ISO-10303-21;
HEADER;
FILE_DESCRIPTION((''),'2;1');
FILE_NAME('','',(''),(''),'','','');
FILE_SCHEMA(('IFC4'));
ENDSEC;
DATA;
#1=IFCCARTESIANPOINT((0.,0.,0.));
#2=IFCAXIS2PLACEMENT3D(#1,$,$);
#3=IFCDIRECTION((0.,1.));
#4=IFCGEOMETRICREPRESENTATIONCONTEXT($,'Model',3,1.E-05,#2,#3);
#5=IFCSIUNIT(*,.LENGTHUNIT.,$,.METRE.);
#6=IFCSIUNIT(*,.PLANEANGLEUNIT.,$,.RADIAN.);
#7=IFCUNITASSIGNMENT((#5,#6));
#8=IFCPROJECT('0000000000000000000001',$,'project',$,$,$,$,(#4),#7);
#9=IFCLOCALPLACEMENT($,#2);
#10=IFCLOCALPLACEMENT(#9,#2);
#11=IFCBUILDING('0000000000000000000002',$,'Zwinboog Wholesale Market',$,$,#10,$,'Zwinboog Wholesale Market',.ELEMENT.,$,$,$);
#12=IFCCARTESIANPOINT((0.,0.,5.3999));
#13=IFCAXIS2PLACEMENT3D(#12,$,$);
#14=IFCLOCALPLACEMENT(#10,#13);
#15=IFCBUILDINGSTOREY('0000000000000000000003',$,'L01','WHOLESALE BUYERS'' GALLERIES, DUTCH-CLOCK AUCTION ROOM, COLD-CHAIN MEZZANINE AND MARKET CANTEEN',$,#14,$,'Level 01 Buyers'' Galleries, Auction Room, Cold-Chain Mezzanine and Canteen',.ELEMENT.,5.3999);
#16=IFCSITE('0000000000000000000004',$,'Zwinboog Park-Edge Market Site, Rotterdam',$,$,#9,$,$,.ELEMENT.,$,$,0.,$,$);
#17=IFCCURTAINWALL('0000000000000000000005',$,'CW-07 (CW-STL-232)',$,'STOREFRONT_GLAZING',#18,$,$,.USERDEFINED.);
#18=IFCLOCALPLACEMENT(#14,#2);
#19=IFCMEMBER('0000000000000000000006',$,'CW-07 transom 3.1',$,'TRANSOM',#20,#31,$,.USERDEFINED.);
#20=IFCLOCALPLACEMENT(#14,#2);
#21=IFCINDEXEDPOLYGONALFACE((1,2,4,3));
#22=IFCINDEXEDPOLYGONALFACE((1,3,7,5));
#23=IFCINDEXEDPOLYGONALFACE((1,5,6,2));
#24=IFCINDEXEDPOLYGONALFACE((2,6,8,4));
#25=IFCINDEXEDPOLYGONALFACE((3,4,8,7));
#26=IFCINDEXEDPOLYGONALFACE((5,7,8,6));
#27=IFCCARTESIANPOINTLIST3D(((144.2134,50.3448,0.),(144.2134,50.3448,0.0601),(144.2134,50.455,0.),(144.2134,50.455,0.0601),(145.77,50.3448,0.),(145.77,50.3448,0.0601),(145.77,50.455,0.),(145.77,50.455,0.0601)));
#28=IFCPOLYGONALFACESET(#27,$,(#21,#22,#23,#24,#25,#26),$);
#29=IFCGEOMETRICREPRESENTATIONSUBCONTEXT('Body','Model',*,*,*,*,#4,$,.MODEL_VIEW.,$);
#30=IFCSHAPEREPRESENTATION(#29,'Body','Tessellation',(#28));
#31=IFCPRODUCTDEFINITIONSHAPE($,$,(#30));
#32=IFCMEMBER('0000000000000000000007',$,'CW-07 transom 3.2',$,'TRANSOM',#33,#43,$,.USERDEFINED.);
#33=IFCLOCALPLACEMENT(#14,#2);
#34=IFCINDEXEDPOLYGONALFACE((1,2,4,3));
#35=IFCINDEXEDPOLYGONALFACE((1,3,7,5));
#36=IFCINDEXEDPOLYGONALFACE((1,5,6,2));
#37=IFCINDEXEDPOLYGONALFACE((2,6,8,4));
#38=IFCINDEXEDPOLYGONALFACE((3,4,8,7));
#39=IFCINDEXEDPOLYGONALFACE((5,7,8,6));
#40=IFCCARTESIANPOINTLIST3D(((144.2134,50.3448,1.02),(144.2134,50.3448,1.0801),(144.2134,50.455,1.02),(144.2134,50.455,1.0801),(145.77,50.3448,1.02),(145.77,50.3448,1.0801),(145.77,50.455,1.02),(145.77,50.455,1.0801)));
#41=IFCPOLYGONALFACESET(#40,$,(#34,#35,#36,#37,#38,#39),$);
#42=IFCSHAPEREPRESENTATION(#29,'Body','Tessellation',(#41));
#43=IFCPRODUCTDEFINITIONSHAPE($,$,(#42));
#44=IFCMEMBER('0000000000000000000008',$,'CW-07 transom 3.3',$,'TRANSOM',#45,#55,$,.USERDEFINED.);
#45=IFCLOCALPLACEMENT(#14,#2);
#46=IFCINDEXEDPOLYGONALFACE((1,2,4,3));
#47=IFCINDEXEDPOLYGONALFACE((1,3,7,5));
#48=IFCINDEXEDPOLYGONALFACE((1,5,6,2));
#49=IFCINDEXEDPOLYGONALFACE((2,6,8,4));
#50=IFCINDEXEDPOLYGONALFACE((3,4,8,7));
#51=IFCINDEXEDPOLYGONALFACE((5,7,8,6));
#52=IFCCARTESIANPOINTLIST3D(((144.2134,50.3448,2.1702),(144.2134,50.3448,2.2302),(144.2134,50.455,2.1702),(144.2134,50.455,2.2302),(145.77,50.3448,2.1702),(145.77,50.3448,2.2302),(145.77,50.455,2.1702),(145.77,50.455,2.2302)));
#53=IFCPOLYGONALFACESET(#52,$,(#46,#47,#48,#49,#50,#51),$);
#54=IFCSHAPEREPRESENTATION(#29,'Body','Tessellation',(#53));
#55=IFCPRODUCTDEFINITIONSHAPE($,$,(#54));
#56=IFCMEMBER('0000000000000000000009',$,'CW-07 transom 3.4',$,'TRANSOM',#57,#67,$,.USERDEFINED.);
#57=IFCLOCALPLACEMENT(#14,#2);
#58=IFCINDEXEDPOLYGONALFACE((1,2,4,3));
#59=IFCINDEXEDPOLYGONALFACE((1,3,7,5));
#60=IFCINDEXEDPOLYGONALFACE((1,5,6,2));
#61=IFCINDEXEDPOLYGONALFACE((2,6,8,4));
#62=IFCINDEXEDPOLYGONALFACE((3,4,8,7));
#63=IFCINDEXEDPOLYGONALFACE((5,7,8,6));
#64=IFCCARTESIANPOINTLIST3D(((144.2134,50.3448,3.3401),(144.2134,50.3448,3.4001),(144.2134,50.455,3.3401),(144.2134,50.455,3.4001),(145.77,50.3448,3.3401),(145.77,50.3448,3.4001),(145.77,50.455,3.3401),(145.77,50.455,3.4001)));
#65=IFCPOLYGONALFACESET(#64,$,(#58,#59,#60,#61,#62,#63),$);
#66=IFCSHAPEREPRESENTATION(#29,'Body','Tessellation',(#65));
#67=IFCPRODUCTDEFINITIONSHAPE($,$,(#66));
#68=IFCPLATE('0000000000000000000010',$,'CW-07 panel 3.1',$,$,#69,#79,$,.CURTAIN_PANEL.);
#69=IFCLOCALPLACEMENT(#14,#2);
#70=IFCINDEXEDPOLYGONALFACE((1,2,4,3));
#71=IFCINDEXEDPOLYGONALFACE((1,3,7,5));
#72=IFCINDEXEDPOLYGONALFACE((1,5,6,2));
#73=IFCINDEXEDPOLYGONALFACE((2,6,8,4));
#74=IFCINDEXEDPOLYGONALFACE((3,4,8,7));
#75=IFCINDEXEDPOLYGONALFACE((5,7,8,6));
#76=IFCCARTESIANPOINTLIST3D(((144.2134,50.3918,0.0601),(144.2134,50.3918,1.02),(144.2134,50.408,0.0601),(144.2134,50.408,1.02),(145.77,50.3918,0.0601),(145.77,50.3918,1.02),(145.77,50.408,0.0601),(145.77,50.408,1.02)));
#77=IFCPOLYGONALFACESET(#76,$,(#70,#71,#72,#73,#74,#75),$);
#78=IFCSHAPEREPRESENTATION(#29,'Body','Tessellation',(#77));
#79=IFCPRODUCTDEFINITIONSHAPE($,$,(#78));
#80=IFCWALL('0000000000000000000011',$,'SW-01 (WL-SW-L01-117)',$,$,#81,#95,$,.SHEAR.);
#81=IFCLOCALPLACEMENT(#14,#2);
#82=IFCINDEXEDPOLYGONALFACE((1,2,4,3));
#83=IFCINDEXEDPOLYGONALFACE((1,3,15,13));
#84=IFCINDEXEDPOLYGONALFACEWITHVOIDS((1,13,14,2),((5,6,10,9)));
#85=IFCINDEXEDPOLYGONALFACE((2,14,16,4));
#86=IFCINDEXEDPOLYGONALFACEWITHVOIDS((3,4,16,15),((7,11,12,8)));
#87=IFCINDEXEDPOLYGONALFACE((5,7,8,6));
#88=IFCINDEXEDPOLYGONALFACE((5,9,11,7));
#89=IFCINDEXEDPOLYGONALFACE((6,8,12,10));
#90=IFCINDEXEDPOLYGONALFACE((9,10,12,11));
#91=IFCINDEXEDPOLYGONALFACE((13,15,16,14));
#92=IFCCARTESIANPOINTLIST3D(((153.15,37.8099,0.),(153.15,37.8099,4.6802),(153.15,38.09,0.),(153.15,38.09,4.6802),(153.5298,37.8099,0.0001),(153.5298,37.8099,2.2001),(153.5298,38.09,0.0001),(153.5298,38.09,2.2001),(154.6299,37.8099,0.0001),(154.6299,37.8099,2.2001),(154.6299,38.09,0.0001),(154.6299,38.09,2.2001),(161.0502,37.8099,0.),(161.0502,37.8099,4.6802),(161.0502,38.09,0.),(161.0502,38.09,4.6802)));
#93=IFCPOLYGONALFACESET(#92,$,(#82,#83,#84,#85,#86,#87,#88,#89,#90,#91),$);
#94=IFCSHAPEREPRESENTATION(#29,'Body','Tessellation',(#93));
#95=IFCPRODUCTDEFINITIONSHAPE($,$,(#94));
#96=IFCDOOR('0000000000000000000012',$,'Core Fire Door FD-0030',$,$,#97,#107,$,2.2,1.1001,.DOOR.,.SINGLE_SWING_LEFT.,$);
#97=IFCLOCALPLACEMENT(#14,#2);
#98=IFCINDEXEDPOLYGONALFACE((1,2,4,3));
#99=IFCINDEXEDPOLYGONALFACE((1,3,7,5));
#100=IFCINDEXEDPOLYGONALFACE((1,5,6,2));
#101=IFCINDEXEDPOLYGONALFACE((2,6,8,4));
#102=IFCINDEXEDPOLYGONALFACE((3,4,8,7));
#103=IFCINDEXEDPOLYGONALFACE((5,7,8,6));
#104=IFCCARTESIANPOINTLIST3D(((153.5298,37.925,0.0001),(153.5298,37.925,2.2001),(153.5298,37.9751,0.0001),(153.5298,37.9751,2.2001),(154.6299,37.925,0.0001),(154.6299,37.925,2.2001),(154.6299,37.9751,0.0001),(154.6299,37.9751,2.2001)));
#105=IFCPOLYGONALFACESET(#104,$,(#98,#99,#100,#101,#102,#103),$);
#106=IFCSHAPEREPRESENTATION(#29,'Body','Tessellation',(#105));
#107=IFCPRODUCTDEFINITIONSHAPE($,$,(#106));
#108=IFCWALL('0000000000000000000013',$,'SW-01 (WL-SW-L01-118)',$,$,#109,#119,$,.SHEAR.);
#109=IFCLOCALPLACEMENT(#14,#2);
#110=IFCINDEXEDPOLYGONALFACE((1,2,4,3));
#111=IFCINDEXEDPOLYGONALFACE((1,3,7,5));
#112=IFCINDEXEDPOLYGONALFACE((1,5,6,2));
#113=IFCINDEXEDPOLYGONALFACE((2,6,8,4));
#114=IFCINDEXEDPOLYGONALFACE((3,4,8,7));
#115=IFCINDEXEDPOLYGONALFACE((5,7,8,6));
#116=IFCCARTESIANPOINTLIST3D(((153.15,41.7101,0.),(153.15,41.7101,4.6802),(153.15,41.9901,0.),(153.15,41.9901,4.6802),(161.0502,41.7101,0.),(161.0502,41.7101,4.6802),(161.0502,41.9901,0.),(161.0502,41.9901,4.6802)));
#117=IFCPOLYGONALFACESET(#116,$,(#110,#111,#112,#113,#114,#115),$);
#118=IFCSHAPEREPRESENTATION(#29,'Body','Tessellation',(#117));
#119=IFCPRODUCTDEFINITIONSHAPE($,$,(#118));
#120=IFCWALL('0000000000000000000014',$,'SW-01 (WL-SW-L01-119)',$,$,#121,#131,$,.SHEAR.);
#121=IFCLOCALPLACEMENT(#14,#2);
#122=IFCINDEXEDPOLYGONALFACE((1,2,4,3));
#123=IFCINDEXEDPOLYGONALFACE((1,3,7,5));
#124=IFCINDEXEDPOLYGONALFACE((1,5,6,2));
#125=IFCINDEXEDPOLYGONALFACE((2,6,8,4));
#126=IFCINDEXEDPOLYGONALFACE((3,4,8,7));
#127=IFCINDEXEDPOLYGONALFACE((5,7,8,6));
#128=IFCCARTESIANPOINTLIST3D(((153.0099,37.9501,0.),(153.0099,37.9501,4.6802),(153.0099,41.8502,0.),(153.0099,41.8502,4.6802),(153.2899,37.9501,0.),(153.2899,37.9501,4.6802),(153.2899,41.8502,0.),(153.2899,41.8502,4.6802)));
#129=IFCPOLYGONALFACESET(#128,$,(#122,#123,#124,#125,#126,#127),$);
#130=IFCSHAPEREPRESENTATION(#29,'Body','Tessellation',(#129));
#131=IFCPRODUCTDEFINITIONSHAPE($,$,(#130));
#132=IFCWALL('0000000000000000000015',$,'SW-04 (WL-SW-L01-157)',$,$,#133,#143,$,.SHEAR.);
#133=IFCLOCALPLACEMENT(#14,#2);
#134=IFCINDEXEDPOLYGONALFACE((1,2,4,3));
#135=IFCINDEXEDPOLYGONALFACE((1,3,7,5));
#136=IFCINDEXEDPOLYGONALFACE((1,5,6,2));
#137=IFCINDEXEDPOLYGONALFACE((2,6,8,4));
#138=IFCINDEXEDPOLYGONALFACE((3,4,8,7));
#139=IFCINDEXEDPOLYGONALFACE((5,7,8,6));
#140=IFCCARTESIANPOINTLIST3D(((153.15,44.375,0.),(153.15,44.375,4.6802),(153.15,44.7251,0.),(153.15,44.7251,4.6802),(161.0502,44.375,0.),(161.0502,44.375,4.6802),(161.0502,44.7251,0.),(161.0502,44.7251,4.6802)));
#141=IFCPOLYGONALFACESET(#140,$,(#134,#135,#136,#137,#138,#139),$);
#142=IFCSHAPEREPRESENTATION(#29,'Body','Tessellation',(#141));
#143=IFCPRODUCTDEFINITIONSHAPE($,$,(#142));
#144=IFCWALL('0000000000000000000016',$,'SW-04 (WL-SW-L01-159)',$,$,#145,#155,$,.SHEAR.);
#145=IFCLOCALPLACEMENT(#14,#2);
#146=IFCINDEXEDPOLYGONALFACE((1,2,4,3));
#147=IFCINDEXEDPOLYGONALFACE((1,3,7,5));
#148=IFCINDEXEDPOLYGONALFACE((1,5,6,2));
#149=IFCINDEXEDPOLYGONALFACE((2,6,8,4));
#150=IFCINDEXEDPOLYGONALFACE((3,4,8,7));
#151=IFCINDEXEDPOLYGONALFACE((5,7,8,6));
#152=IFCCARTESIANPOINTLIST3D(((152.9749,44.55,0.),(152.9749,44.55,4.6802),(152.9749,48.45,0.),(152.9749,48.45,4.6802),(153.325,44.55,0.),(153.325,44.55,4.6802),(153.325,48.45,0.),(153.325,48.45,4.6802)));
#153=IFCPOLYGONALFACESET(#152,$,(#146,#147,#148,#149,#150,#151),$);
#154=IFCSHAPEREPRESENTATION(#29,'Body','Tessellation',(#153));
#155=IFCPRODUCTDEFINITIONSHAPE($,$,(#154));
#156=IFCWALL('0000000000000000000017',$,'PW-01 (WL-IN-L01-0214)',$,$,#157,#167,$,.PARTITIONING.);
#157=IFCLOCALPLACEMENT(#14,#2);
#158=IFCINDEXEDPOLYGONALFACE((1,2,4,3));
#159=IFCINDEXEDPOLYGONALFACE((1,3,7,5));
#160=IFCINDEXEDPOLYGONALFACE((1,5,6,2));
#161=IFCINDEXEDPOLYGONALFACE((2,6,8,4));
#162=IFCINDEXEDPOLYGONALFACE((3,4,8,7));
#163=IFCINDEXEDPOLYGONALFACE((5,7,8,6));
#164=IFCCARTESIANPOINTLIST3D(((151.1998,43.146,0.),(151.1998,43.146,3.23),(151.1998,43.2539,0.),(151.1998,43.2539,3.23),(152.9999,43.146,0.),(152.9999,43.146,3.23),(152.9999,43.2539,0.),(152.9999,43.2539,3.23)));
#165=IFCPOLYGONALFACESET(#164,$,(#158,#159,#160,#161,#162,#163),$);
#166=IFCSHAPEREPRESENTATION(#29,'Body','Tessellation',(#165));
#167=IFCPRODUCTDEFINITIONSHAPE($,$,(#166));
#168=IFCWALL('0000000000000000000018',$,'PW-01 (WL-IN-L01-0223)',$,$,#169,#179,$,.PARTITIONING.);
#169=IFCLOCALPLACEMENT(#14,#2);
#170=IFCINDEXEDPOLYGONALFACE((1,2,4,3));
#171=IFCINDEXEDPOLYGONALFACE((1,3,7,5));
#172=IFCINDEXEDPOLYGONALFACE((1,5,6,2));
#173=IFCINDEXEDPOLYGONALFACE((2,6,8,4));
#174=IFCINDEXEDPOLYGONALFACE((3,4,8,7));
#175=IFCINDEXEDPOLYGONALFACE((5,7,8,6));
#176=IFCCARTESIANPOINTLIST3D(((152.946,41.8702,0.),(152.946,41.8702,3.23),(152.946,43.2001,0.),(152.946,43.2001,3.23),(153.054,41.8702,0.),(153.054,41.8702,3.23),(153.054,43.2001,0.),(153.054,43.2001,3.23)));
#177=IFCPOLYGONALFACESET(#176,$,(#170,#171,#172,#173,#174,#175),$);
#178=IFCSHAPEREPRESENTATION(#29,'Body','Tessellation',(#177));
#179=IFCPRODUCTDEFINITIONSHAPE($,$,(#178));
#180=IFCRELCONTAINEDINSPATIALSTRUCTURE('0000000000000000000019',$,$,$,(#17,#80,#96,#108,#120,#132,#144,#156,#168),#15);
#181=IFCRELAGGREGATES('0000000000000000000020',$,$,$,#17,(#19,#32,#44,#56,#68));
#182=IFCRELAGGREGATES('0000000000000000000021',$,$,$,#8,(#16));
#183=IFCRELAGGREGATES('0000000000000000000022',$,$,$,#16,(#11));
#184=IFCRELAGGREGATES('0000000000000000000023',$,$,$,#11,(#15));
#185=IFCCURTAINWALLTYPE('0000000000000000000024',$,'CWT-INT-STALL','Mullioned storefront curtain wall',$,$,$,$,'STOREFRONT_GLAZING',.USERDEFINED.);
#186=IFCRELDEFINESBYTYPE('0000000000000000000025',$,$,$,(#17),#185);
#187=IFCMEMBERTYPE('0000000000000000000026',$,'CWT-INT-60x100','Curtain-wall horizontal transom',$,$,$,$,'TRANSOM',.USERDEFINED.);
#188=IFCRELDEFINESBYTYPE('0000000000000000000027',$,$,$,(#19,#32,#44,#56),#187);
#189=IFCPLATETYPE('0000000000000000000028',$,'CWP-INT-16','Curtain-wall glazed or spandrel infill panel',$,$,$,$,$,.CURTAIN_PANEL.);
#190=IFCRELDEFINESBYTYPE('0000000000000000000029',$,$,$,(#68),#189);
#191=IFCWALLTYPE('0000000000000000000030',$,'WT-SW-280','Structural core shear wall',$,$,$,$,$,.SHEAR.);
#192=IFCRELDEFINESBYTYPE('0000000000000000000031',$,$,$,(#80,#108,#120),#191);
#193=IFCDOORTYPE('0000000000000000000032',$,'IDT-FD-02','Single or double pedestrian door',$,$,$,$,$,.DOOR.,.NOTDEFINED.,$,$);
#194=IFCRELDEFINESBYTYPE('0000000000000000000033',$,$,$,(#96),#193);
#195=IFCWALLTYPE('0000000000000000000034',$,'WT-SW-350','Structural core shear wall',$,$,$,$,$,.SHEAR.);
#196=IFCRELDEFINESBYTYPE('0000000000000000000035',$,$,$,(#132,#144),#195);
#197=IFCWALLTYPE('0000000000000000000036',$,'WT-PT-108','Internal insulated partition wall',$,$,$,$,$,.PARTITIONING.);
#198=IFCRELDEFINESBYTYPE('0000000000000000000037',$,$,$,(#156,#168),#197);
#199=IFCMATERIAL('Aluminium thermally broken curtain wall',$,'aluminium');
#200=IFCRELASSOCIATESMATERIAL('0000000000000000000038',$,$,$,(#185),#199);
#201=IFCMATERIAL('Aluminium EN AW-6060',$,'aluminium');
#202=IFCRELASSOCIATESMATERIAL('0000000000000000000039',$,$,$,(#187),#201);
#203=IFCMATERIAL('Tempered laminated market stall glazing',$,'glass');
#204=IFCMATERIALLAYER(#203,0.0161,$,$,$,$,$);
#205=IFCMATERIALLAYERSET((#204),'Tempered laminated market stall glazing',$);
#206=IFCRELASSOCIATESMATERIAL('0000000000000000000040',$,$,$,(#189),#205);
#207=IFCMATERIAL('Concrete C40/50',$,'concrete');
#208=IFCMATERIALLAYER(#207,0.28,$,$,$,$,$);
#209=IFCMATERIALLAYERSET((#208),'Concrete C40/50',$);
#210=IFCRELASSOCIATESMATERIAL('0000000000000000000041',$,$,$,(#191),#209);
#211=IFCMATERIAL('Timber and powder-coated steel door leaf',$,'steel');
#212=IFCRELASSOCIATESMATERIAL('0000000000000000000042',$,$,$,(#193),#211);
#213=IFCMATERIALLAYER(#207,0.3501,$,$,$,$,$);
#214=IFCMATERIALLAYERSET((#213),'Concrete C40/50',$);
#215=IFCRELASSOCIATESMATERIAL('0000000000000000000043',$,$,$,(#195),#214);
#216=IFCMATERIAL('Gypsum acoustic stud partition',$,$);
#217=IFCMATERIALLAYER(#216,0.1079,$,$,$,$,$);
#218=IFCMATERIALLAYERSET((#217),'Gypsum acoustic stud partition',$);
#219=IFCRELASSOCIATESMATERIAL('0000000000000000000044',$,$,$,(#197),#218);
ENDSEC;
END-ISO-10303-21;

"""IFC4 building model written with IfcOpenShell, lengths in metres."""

from ifc_helpers import new_model, si_unit, direction, frame, frame_2d, origin, origin_2d, place, context, subcontext, project, spatial, rectangle, extrude, material, layer, layer_set, material_profile, profile_set, type_object, element, fill, aggregate, save


model = new_model("IFC4")

# Units and contexts
model_context = context("Model", 3, precision=1e-05, world=origin(), true_north=direction((0.0, 1.0)))
body_context = subcontext(model_context, "Body", "Model", "MODEL_VIEW")
ifc_project = project(units=[si_unit("LENGTHUNIT", "METRE"), si_unit("PLANEANGLEUNIT", "RADIAN")], contexts=[model_context])

# Site, building, storey
site_placement = place(None, origin())
site = spatial("IfcSite", under=ifc_project, at=site_placement, Name="Zwinboog Park-Edge Market Site, Rotterdam", CompositionType="ELEMENT", RefElevation=0.0)
building_placement = place(site_placement, origin())
building = spatial("IfcBuilding", under=site, at=building_placement, Name="Zwinboog Wholesale Market", LongName="Zwinboog Wholesale Market", CompositionType="ELEMENT")
storey_placement = place(building_placement, frame((0.0, 0.0, 5.3999)))
storey = spatial("IfcBuildingStorey", under=building, at=storey_placement, Name="L01", Description="WHOLESALE BUYERS' GALLERIES, DUTCH-CLOCK AUCTION ROOM, COLD-CHAIN MEZZANINE AND MARKET CANTEEN", LongName="Level 01 Buyers' Galleries, Auction Room, Cold-Chain Mezzanine and Canteen", CompositionType="ELEMENT", Elevation=5.3999)

# Curtain wall, members, plate
ifc_material_1 = material(Name="Aluminium thermally broken curtain wall", Category="aluminium")
curtain_wall_type = type_object("IfcCurtainWallType", Name="CWT-INT-STALL", Description="Mullioned storefront curtain wall", ElementType="STOREFRONT_GLAZING", PredefinedType="USERDEFINED", material=ifc_material_1)
curtain_wall_placement = place(storey_placement, origin())
curtain_wall = element("IfcCurtainWall", 1, at=curtain_wall_placement, inside=storey, type_object=curtain_wall_type, Name="CW-07 (CW-STL-232)", ObjectType="STOREFRONT_GLAZING", PredefinedType="USERDEFINED")
ifc_material_2 = material(Name="Aluminium EN AW-6060", Category="aluminium")
ifc_material_profile_1 = material_profile(ifc_material_2, rectangle(XDim=0.1101, YDim=0.0601, at=origin_2d()), Name="AL 60x110")
ifc_profile_set_1 = profile_set([ifc_material_profile_1], Name="Aluminium EN AW-6060")
member_type_1 = type_object("IfcMemberType", Name="CWT-INT-60x100", Description="Curtain-wall horizontal transom", ElementType="TRANSOM", PredefinedType="USERDEFINED", material=ifc_profile_set_1)
member_1_placement = place(storey_placement, frame((144.2134, 50.3999, 0.03), z_axis=(1.0, 0.0, 0.0), x_axis=(0.0, 1.0, 0.0)))
member_1 = element("IfcMember", 2, at=member_1_placement, type_object=member_type_1, Name="CW-07 transom 3.1", ObjectType="TRANSOM", PredefinedType="USERDEFINED", context=body_context, shape_type="SweptSolid", body=[
    extrude(rectangle(XDim=0.1101, YDim=0.0601, at=origin_2d()), origin(), (0.0, 0.0, 1.0), 1.5566),
])
member_2_placement = place(storey_placement, frame((144.2134, 50.3999, 1.05), z_axis=(1.0, 0.0, 0.0), x_axis=(0.0, 1.0, 0.0)))
member_2 = element("IfcMember", 3, at=member_2_placement, type_object=member_type_1, Name="CW-07 transom 3.2", ObjectType="TRANSOM", PredefinedType="USERDEFINED", context=body_context, shape_type="SweptSolid", body=[
    extrude(rectangle(XDim=0.1101, YDim=0.0601, at=origin_2d()), origin(), (0.0, 0.0, 1.0), 1.5566),
])
member_3_placement = place(storey_placement, frame((144.2134, 50.3999, 2.2002), z_axis=(1.0, 0.0, 0.0), x_axis=(0.0, 1.0, 0.0)))
member_3 = element("IfcMember", 4, at=member_3_placement, type_object=member_type_1, Name="CW-07 transom 3.3", ObjectType="TRANSOM", PredefinedType="USERDEFINED", context=body_context, shape_type="SweptSolid", body=[
    extrude(rectangle(XDim=0.1101, YDim=0.0601, at=origin_2d()), origin(), (0.0, 0.0, 1.0), 1.5566),
])
member_4_placement = place(storey_placement, frame((144.2134, 50.3999, 3.3701), z_axis=(1.0, 0.0, 0.0), x_axis=(0.0, 1.0, 0.0)))
member_4 = element("IfcMember", 5, at=member_4_placement, type_object=member_type_1, Name="CW-07 transom 3.4", ObjectType="TRANSOM", PredefinedType="USERDEFINED", context=body_context, shape_type="SweptSolid", body=[
    extrude(rectangle(XDim=0.1101, YDim=0.0601, at=origin_2d()), origin(), (0.0, 0.0, 1.0), 1.5566),
])
ifc_material_3 = material(Name="Tempered laminated market stall glazing", Category="glass")
ifc_layer_1 = layer(ifc_material_3, 0.0161)
ifc_layer_set_1 = layer_set([ifc_layer_1], Name="Tempered laminated market stall glazing")
plate_type = type_object("IfcPlateType", Name="CWP-INT-16", Description="Curtain-wall glazed or spandrel infill panel", PredefinedType="CURTAIN_PANEL", material=ifc_layer_set_1)
plate_placement = place(storey_placement, frame((144.9917, 50.3999, 0.0601), z_axis=(0.0, 0.0, 1.0), x_axis=(1.0, 0.0, 0.0)))
plate = element("IfcPlate", 6, at=plate_placement, type_object=plate_type, Name="CW-07 panel 3.1", PredefinedType="CURTAIN_PANEL", context=body_context, shape_type="SweptSolid", body=[
    extrude(rectangle(XDim=1.5566, YDim=0.0161, at=origin_2d()), origin(), (0.0, 0.0, 1.0), 0.96),
])
aggregate(curtain_wall, [member_1, member_2, member_3, member_4, plate])

# Wall, opening, door
ifc_material_4 = material(Name="Concrete C40/50", Category="concrete")
ifc_layer_2 = layer(ifc_material_4, 0.28)
ifc_layer_set_2 = layer_set([ifc_layer_2], Name="Concrete C40/50")
wall_type_1 = type_object("IfcWallType", Name="WT-SW-280", Description="Structural core shear wall", PredefinedType="SHEAR", material=ifc_layer_set_2)
wall_1_placement = place(storey_placement, frame((153.1499, 37.95, 0.0), z_axis=(0.0, 0.0, 1.0), x_axis=(1.0, 0.0, 0.0)))
wall_1 = element("IfcWall", 7, at=wall_1_placement, inside=storey, type_object=wall_type_1, Name="SW-01 (WL-SW-L01-117)", PredefinedType="SHEAR", context=body_context, shape_type="SweptSolid", body=[
    extrude(rectangle(XDim=7.9001, YDim=0.28, at=frame_2d((3.9502, 0.0))), origin(), (0.0, 0.0, 1.0), 4.6802),
])
opening_1_placement = place(wall_1_placement, frame((0.3799, 0.0, 0.0)))
opening_1 = element("IfcOpeningElement", 8, at=opening_1_placement, cuts=wall_1, PredefinedType="OPENING", context=body_context, shape_type="SweptSolid", body=[
    extrude(rectangle(XDim=1.1001, YDim=2.2, at=frame_2d((0.55, 1.1001))), frame((0.0, 0.1499, 0.0), z_axis=(0.0, -1.0, 0.0), x_axis=(1.0, 0.0, 0.0)), (0.0, 0.0, 1.0), 0.3),
])
ifc_material_5 = material(Name="Timber and powder-coated steel door leaf", Category="steel")
door_type_1 = type_object("IfcDoorType", Name="IDT-FD-02", Description="Single or double pedestrian door", OperationType="NOTDEFINED", PredefinedType="DOOR", material=ifc_material_5)
door_1_placement = place(opening_1_placement, frame((1.1001, 0.0, 0.0), z_axis=(0.0, 0.0, 1.0), x_axis=(-1.0, 0.0, 0.0)))
door_1 = element("IfcDoor", 9, at=door_1_placement, inside=storey, type_object=door_type_1, Name="Core Fire Door FD-0030", OperationType="SINGLE_SWING_LEFT", OverallHeight=2.2, OverallWidth=1.1001, PredefinedType="DOOR", context=body_context, shape_type="SweptSolid", body=[
    extrude(rectangle(XDim=1.1001, YDim=2.2, at=frame_2d((0.55, 1.1001))), frame((0.0, 0.0249, 0.0), z_axis=(0.0, -1.0, 0.0), x_axis=(1.0, 0.0, 0.0)), (0.0, 0.0, 1.0), 0.05),
])
fill(opening_1, door_1)

# Walls
wall_2_placement = place(storey_placement, frame((153.1499, 41.8501, 0.0), z_axis=(0.0, 0.0, 1.0), x_axis=(1.0, 0.0, 0.0)))
element("IfcWall", 10, at=wall_2_placement, inside=storey, type_object=wall_type_1, Name="SW-01 (WL-SW-L01-118)", PredefinedType="SHEAR", context=body_context, shape_type="SweptSolid", body=[
    extrude(rectangle(XDim=7.9001, YDim=0.28, at=frame_2d((3.9502, 0.0))), origin(), (0.0, 0.0, 1.0), 4.6802),
])
wall_3_placement = place(storey_placement, frame((153.1499, 37.95, 0.0), z_axis=(0.0, 0.0, 1.0), x_axis=(0.0, 1.0, 0.0)))
element("IfcWall", 11, at=wall_3_placement, inside=storey, type_object=wall_type_1, Name="SW-01 (WL-SW-L01-119)", PredefinedType="SHEAR", context=body_context, shape_type="SweptSolid", body=[
    extrude(rectangle(XDim=3.9001, YDim=0.28, at=frame_2d((1.9502, 0.0))), origin(), (0.0, 0.0, 1.0), 4.6802),
])
ifc_layer_3 = layer(ifc_material_4, 0.3501)
ifc_layer_set_3 = layer_set([ifc_layer_3], Name="Concrete C40/50")
wall_type_2 = type_object("IfcWallType", Name="WT-SW-350", Description="Structural core shear wall", PredefinedType="SHEAR", material=ifc_layer_set_3)
wall_4_placement = place(storey_placement, frame((153.1499, 44.55, 0.0), z_axis=(0.0, 0.0, 1.0), x_axis=(1.0, 0.0, 0.0)))
element("IfcWall", 12, at=wall_4_placement, inside=storey, type_object=wall_type_2, Name="SW-04 (WL-SW-L01-157)", PredefinedType="SHEAR", context=body_context, shape_type="SweptSolid", body=[
    extrude(rectangle(XDim=7.9001, YDim=0.3501, at=frame_2d((3.9502, 0.0))), origin(), (0.0, 0.0, 1.0), 4.6802),
])
wall_5_placement = place(storey_placement, frame((153.1499, 44.55, 0.0), z_axis=(0.0, 0.0, 1.0), x_axis=(0.0, 1.0, 0.0)))
element("IfcWall", 13, at=wall_5_placement, inside=storey, type_object=wall_type_2, Name="SW-04 (WL-SW-L01-159)", PredefinedType="SHEAR", context=body_context, shape_type="SweptSolid", body=[
    extrude(rectangle(XDim=3.8999, YDim=0.3501, at=frame_2d((1.95, 0.0))), origin(), (0.0, 0.0, 1.0), 4.6802),
])
ifc_material_6 = material(Name="Gypsum acoustic stud partition")
ifc_layer_4 = layer(ifc_material_6, 0.1079)
ifc_layer_set_4 = layer_set([ifc_layer_4], Name="Gypsum acoustic stud partition")
wall_type_3 = type_object("IfcWallType", Name="WT-PT-108", Description="Internal insulated partition wall", PredefinedType="PARTITIONING", material=ifc_layer_set_4)
wall_6_placement = place(storey_placement, frame((151.2, 43.2, 0.0), z_axis=(0.0, 0.0, 1.0), x_axis=(1.0, 0.0, 0.0)))
element("IfcWall", 14, at=wall_6_placement, inside=storey, type_object=wall_type_3, Name="PW-01 (WL-IN-L01-0214)", PredefinedType="PARTITIONING", context=body_context, shape_type="SweptSolid", body=[
    extrude(rectangle(XDim=1.8, YDim=0.1079, at=frame_2d((0.8999, 0.0))), origin(), (0.0, 0.0, 1.0), 3.23),
])
wall_7_placement = place(storey_placement, frame((153.0, 41.8701, 0.0), z_axis=(0.0, 0.0, 1.0), x_axis=(0.0, 1.0, 0.0)))
element("IfcWall", 15, at=wall_7_placement, inside=storey, type_object=wall_type_3, Name="PW-01 (WL-IN-L01-0223)", PredefinedType="PARTITIONING", context=body_context, shape_type="SweptSolid", body=[
    extrude(rectangle(XDim=1.3298, YDim=0.1079, at=frame_2d((0.665, 0.0))), origin(), (0.0, 0.0, 1.0), 3.23),
])

save(model, "model.ifc")
